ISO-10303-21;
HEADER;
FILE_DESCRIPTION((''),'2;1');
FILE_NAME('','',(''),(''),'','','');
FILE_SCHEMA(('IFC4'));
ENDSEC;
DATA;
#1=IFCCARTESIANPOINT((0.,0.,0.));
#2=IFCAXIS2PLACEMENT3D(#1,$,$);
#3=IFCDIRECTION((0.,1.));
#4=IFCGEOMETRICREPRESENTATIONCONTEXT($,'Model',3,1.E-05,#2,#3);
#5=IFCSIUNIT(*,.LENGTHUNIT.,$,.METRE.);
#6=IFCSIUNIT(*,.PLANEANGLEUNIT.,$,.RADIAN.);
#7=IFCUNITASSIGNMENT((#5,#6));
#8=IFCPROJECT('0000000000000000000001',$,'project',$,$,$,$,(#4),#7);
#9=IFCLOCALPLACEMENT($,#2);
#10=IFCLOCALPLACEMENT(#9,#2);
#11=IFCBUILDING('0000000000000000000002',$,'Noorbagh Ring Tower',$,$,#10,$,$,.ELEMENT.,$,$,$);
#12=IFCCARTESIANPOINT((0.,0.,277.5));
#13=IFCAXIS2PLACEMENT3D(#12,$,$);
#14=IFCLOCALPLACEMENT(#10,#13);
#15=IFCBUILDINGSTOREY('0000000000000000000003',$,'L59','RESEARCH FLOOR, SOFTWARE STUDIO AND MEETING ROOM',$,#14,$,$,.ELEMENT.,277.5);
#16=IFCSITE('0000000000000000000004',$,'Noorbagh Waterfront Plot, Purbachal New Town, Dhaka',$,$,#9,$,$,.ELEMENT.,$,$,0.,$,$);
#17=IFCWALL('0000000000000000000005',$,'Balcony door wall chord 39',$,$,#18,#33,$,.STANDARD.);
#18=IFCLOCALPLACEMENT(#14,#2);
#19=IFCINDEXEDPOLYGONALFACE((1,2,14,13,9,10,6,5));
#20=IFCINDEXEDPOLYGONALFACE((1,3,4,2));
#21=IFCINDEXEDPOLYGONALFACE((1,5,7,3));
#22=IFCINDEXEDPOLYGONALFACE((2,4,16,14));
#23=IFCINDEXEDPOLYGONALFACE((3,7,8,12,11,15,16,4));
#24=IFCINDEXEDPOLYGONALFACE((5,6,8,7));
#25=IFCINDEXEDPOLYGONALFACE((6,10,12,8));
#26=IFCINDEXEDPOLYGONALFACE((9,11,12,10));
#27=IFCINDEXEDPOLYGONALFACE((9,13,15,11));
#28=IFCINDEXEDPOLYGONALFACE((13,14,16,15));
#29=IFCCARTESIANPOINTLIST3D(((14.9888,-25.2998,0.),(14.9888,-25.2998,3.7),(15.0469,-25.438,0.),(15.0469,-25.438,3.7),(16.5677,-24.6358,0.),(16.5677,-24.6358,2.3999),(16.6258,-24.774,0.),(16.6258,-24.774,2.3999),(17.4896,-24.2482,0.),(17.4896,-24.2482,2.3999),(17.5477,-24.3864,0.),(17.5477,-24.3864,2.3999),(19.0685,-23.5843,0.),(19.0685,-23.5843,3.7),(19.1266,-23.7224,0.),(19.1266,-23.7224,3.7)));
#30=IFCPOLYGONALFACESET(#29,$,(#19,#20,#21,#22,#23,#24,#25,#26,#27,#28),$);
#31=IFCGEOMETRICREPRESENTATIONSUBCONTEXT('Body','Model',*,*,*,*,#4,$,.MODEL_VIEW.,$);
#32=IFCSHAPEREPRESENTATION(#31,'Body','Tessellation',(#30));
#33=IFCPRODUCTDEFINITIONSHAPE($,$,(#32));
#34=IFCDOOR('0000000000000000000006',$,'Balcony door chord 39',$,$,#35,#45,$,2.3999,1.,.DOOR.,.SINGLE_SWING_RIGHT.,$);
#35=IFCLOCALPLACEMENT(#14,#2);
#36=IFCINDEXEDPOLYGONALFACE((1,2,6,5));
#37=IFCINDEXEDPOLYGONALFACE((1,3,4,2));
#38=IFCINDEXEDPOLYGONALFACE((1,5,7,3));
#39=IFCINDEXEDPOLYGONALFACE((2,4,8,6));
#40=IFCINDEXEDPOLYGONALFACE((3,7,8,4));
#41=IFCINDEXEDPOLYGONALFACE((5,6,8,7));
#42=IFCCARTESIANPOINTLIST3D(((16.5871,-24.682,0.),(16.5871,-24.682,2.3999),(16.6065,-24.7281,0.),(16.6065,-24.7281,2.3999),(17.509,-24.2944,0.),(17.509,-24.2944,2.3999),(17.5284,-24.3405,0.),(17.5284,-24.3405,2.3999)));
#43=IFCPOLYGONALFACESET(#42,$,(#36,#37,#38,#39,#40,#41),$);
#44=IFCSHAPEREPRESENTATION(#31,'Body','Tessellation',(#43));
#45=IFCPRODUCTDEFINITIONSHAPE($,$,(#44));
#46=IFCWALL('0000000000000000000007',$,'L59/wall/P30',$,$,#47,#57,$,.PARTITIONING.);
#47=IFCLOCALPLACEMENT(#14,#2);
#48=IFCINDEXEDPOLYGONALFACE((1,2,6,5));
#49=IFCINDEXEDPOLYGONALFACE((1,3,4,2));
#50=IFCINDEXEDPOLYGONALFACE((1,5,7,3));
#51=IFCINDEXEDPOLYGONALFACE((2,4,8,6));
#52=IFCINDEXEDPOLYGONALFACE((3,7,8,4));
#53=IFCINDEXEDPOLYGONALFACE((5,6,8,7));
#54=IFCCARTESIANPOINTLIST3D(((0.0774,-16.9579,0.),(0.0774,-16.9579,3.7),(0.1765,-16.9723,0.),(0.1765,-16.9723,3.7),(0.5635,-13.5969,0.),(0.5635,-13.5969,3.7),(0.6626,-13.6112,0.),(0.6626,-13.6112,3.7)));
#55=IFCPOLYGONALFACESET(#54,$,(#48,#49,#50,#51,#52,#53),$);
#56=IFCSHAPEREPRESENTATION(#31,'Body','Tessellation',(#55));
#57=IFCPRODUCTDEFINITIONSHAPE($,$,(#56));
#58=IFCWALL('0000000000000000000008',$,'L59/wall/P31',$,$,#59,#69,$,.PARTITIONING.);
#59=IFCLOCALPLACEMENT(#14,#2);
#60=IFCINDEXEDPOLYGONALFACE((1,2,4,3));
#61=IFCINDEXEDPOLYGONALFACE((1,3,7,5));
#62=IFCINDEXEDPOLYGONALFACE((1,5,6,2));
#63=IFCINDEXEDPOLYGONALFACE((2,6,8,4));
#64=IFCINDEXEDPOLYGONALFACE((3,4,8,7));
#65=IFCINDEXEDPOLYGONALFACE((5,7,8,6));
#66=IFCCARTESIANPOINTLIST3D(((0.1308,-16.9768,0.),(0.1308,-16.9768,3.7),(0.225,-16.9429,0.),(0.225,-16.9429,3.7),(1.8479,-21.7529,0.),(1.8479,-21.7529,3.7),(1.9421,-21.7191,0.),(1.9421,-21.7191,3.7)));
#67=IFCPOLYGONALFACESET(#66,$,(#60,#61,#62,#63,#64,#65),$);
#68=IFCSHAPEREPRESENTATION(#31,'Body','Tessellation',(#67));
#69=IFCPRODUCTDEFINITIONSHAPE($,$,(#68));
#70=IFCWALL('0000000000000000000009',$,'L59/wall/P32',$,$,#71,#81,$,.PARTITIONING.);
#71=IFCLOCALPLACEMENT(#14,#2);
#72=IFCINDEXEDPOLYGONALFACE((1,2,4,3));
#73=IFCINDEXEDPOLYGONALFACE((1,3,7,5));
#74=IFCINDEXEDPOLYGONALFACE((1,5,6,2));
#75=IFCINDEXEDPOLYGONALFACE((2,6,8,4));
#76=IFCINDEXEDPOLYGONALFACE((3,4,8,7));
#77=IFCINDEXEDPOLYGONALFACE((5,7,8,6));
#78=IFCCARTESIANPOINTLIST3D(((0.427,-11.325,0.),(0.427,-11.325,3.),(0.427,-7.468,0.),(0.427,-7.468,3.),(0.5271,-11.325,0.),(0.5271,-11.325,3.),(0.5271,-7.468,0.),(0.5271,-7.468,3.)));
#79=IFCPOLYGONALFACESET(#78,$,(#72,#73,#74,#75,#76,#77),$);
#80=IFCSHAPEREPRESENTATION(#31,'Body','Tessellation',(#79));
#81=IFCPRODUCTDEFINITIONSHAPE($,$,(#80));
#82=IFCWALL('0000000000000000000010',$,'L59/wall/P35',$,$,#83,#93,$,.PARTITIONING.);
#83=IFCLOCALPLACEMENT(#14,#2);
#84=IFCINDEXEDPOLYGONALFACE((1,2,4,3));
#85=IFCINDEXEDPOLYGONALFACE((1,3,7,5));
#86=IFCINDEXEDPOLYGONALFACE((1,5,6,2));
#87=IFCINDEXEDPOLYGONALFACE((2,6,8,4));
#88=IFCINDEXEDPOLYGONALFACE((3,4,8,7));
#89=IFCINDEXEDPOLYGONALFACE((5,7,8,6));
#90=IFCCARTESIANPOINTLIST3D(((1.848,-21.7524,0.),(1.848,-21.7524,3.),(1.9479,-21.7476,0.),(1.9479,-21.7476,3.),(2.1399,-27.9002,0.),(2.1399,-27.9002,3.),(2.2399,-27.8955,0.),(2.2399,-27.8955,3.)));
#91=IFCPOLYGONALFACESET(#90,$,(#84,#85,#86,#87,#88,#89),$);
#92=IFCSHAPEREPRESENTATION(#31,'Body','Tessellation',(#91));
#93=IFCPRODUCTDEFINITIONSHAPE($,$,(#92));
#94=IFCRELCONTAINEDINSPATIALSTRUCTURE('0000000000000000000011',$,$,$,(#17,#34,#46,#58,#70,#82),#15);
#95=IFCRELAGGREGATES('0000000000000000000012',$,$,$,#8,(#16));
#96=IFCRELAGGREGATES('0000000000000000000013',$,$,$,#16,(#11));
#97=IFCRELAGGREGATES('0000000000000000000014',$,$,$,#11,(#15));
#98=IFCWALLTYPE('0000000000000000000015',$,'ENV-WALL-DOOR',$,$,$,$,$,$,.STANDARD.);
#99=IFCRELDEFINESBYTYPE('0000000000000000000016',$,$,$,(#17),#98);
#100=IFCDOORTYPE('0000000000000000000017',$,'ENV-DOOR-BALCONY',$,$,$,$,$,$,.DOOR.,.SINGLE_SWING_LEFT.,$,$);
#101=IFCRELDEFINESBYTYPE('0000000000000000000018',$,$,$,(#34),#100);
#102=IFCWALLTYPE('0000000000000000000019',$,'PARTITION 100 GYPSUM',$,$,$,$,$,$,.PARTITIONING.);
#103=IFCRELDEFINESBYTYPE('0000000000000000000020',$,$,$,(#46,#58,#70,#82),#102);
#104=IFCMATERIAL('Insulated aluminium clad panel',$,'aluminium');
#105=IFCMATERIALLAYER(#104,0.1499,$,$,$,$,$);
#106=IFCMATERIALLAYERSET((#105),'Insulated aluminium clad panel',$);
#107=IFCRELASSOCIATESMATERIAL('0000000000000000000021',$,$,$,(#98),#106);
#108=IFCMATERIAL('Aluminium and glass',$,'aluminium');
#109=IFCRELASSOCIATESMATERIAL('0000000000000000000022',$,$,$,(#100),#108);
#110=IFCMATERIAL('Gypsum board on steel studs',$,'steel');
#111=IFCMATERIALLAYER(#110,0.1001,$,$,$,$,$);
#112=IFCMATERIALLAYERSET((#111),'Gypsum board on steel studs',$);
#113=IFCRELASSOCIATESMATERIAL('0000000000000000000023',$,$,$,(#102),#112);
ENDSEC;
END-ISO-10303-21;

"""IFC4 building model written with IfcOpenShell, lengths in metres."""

from ifc_helpers import new_model, si_unit, direction, frame, frame_2d, origin, place, context, subcontext, project, spatial, rectangle, extrude, material, layer, layer_set, type_object, element, fill, save


model = new_model("IFC4")

# Units and contexts
model_context = context("Model", 3, precision=1e-05, world=origin(), true_north=direction((0.0, 1.0)))
body_context = subcontext(model_context, "Body", "Model", "MODEL_VIEW")
ifc_project = project(units=[si_unit("LENGTHUNIT", "METRE"), si_unit("PLANEANGLEUNIT", "RADIAN")], contexts=[model_context])

# Site, building, storey
site_placement = place(None, origin())
site = spatial("IfcSite", under=ifc_project, at=site_placement, Name="Noorbagh Waterfront Plot, Purbachal New Town, Dhaka", CompositionType="ELEMENT", RefElevation=0.0)
building_placement = place(site_placement, origin())
building = spatial("IfcBuilding", under=site, at=building_placement, Name="Noorbagh Ring Tower", CompositionType="ELEMENT")
storey_placement = place(building_placement, frame((0.0, 0.0, 277.5)))
storey = spatial("IfcBuildingStorey", under=building, at=storey_placement, Name="L59", Description="RESEARCH FLOOR, SOFTWARE STUDIO AND MEETING ROOM", CompositionType="ELEMENT", Elevation=277.5)

# Wall, opening, door
ifc_material_1 = material(Name="Insulated aluminium clad panel", Category="aluminium")
ifc_layer_1 = layer(ifc_material_1, 0.1499)
ifc_layer_set_1 = layer_set([ifc_layer_1], Name="Insulated aluminium clad panel")
wall_type_1 = type_object("IfcWallType", Name="ENV-WALL-DOOR", PredefinedType="STANDARD", material=ifc_layer_set_1)
wall_1_placement = place(storey_placement, frame((15.0178, -25.3689, 0.0), z_axis=(0.0, 0.0, 1.0), x_axis=(0.921817, 0.387625, 0.0)))
wall_1 = element("IfcWall", 1, at=wall_1_placement, inside=storey, type_object=wall_type_1, Name="Balcony door wall chord 39", PredefinedType="STANDARD", context=body_context, shape_type="SweptSolid", body=[
    extrude(rectangle(XDim=4.4258, YDim=0.1499, at=frame_2d((2.2129, 0.0))), origin(), (0.0, 0.0, 1.0), 3.7),
])
opening_1_placement = place(wall_1_placement, frame((1.7129, 0.0, 0.0)))
opening_1 = element("IfcOpeningElement", 2, at=opening_1_placement, cuts=wall_1, PredefinedType="OPENING", context=body_context, shape_type="SweptSolid", body=[
    extrude(rectangle(XDim=1.0, YDim=2.3999, at=frame_2d((0.5, 1.2))), frame((0.0, 0.085, 0.0), z_axis=(0.0, -1.0, 0.0), x_axis=(1.0, 0.0, 0.0)), (0.0, 0.0, 1.0), 0.1699),
])
ifc_material_2 = material(Name="Aluminium and glass", Category="aluminium")
door_type_1 = type_object("IfcDoorType", Name="ENV-DOOR-BALCONY", OperationType="SINGLE_SWING_LEFT", PredefinedType="DOOR", material=ifc_material_2)
door_1_placement = place(opening_1_placement, origin())
door_1 = element("IfcDoor", 3, at=door_1_placement, inside=storey, type_object=door_type_1, Name="Balcony door chord 39", OperationType="SINGLE_SWING_RIGHT", OverallHeight=2.3999, OverallWidth=1.0, PredefinedType="DOOR", context=body_context, shape_type="SweptSolid", body=[
    extrude(rectangle(XDim=1.0, YDim=2.3999, at=frame_2d((0.5, 1.2))), frame((0.0, 0.0249, 0.0), z_axis=(0.0, -1.0, 0.0), x_axis=(1.0, 0.0, 0.0)), (0.0, 0.0, 1.0), 0.05),
])
fill(opening_1, door_1)

# Walls
ifc_material_3 = material(Name="Gypsum board on steel studs", Category="steel")
ifc_layer_2 = layer(ifc_material_3, 0.1001)
ifc_layer_set_2 = layer_set([ifc_layer_2], Name="Gypsum board on steel studs")
wall_type_2 = type_object("IfcWallType", Name="PARTITION 100 GYPSUM", PredefinedType="PARTITIONING", material=ifc_layer_set_2)
wall_2_placement = place(storey_placement, frame((0.127, -16.9651, 0.0), z_axis=(0.0, 0.0, 1.0), x_axis=(0.143132, 0.989704, 0.0)))
element("IfcWall", 4, at=wall_2_placement, inside=storey, type_object=wall_type_2, Name="L59/wall/P30", PredefinedType="PARTITIONING", context=body_context, shape_type="SweptSolid", body=[
    extrude(rectangle(XDim=3.396, YDim=0.1001, at=frame_2d((1.698, 0.0))), origin(), (0.0, 0.0, 1.0), 3.7),
])
wall_3_placement = place(storey_placement, frame((0.178, -16.96, 0.0), z_axis=(0.0, 0.0, 1.0), x_axis=(0.338307, -0.941036, 0.0)))
element("IfcWall", 5, at=wall_3_placement, inside=storey, type_object=wall_type_2, Name="L59/wall/P31", PredefinedType="PARTITIONING", context=body_context, shape_type="SweptSolid", body=[
    extrude(rectangle(XDim=5.0754, YDim=0.1001, at=frame_2d((2.5376, 0.0))), origin(), (0.0, 0.0, 1.0), 3.7),
])
wall_4_placement = place(storey_placement, frame((0.4771, -11.325, 0.0), z_axis=(0.0, 0.0, 1.0), x_axis=(0.0, 1.0, 0.0)))
element("IfcWall", 6, at=wall_4_placement, inside=storey, type_object=wall_type_2, Name="L59/wall/P32", PredefinedType="PARTITIONING", context=body_context, shape_type="SweptSolid", body=[
    extrude(rectangle(XDim=3.8569, YDim=0.1001, at=frame_2d((1.9285, 0.0))), origin(), (0.0, 0.0, 1.0), 3.0),
])
wall_5_placement = place(storey_placement, frame((1.8979, -21.75, 0.0), z_axis=(0.0, 0.0, 1.0), x_axis=(0.047441, -0.998874, 0.0)))
element("IfcWall", 7, at=wall_5_placement, inside=storey, type_object=wall_type_2, Name="L59/wall/P35", PredefinedType="PARTITIONING", context=body_context, shape_type="SweptSolid", body=[
    extrude(rectangle(XDim=6.1548, YDim=0.1001, at=frame_2d((3.0774, 0.0))), origin(), (0.0, 0.0, 1.0), 3.0),
])

save(model, "model.ifc")
